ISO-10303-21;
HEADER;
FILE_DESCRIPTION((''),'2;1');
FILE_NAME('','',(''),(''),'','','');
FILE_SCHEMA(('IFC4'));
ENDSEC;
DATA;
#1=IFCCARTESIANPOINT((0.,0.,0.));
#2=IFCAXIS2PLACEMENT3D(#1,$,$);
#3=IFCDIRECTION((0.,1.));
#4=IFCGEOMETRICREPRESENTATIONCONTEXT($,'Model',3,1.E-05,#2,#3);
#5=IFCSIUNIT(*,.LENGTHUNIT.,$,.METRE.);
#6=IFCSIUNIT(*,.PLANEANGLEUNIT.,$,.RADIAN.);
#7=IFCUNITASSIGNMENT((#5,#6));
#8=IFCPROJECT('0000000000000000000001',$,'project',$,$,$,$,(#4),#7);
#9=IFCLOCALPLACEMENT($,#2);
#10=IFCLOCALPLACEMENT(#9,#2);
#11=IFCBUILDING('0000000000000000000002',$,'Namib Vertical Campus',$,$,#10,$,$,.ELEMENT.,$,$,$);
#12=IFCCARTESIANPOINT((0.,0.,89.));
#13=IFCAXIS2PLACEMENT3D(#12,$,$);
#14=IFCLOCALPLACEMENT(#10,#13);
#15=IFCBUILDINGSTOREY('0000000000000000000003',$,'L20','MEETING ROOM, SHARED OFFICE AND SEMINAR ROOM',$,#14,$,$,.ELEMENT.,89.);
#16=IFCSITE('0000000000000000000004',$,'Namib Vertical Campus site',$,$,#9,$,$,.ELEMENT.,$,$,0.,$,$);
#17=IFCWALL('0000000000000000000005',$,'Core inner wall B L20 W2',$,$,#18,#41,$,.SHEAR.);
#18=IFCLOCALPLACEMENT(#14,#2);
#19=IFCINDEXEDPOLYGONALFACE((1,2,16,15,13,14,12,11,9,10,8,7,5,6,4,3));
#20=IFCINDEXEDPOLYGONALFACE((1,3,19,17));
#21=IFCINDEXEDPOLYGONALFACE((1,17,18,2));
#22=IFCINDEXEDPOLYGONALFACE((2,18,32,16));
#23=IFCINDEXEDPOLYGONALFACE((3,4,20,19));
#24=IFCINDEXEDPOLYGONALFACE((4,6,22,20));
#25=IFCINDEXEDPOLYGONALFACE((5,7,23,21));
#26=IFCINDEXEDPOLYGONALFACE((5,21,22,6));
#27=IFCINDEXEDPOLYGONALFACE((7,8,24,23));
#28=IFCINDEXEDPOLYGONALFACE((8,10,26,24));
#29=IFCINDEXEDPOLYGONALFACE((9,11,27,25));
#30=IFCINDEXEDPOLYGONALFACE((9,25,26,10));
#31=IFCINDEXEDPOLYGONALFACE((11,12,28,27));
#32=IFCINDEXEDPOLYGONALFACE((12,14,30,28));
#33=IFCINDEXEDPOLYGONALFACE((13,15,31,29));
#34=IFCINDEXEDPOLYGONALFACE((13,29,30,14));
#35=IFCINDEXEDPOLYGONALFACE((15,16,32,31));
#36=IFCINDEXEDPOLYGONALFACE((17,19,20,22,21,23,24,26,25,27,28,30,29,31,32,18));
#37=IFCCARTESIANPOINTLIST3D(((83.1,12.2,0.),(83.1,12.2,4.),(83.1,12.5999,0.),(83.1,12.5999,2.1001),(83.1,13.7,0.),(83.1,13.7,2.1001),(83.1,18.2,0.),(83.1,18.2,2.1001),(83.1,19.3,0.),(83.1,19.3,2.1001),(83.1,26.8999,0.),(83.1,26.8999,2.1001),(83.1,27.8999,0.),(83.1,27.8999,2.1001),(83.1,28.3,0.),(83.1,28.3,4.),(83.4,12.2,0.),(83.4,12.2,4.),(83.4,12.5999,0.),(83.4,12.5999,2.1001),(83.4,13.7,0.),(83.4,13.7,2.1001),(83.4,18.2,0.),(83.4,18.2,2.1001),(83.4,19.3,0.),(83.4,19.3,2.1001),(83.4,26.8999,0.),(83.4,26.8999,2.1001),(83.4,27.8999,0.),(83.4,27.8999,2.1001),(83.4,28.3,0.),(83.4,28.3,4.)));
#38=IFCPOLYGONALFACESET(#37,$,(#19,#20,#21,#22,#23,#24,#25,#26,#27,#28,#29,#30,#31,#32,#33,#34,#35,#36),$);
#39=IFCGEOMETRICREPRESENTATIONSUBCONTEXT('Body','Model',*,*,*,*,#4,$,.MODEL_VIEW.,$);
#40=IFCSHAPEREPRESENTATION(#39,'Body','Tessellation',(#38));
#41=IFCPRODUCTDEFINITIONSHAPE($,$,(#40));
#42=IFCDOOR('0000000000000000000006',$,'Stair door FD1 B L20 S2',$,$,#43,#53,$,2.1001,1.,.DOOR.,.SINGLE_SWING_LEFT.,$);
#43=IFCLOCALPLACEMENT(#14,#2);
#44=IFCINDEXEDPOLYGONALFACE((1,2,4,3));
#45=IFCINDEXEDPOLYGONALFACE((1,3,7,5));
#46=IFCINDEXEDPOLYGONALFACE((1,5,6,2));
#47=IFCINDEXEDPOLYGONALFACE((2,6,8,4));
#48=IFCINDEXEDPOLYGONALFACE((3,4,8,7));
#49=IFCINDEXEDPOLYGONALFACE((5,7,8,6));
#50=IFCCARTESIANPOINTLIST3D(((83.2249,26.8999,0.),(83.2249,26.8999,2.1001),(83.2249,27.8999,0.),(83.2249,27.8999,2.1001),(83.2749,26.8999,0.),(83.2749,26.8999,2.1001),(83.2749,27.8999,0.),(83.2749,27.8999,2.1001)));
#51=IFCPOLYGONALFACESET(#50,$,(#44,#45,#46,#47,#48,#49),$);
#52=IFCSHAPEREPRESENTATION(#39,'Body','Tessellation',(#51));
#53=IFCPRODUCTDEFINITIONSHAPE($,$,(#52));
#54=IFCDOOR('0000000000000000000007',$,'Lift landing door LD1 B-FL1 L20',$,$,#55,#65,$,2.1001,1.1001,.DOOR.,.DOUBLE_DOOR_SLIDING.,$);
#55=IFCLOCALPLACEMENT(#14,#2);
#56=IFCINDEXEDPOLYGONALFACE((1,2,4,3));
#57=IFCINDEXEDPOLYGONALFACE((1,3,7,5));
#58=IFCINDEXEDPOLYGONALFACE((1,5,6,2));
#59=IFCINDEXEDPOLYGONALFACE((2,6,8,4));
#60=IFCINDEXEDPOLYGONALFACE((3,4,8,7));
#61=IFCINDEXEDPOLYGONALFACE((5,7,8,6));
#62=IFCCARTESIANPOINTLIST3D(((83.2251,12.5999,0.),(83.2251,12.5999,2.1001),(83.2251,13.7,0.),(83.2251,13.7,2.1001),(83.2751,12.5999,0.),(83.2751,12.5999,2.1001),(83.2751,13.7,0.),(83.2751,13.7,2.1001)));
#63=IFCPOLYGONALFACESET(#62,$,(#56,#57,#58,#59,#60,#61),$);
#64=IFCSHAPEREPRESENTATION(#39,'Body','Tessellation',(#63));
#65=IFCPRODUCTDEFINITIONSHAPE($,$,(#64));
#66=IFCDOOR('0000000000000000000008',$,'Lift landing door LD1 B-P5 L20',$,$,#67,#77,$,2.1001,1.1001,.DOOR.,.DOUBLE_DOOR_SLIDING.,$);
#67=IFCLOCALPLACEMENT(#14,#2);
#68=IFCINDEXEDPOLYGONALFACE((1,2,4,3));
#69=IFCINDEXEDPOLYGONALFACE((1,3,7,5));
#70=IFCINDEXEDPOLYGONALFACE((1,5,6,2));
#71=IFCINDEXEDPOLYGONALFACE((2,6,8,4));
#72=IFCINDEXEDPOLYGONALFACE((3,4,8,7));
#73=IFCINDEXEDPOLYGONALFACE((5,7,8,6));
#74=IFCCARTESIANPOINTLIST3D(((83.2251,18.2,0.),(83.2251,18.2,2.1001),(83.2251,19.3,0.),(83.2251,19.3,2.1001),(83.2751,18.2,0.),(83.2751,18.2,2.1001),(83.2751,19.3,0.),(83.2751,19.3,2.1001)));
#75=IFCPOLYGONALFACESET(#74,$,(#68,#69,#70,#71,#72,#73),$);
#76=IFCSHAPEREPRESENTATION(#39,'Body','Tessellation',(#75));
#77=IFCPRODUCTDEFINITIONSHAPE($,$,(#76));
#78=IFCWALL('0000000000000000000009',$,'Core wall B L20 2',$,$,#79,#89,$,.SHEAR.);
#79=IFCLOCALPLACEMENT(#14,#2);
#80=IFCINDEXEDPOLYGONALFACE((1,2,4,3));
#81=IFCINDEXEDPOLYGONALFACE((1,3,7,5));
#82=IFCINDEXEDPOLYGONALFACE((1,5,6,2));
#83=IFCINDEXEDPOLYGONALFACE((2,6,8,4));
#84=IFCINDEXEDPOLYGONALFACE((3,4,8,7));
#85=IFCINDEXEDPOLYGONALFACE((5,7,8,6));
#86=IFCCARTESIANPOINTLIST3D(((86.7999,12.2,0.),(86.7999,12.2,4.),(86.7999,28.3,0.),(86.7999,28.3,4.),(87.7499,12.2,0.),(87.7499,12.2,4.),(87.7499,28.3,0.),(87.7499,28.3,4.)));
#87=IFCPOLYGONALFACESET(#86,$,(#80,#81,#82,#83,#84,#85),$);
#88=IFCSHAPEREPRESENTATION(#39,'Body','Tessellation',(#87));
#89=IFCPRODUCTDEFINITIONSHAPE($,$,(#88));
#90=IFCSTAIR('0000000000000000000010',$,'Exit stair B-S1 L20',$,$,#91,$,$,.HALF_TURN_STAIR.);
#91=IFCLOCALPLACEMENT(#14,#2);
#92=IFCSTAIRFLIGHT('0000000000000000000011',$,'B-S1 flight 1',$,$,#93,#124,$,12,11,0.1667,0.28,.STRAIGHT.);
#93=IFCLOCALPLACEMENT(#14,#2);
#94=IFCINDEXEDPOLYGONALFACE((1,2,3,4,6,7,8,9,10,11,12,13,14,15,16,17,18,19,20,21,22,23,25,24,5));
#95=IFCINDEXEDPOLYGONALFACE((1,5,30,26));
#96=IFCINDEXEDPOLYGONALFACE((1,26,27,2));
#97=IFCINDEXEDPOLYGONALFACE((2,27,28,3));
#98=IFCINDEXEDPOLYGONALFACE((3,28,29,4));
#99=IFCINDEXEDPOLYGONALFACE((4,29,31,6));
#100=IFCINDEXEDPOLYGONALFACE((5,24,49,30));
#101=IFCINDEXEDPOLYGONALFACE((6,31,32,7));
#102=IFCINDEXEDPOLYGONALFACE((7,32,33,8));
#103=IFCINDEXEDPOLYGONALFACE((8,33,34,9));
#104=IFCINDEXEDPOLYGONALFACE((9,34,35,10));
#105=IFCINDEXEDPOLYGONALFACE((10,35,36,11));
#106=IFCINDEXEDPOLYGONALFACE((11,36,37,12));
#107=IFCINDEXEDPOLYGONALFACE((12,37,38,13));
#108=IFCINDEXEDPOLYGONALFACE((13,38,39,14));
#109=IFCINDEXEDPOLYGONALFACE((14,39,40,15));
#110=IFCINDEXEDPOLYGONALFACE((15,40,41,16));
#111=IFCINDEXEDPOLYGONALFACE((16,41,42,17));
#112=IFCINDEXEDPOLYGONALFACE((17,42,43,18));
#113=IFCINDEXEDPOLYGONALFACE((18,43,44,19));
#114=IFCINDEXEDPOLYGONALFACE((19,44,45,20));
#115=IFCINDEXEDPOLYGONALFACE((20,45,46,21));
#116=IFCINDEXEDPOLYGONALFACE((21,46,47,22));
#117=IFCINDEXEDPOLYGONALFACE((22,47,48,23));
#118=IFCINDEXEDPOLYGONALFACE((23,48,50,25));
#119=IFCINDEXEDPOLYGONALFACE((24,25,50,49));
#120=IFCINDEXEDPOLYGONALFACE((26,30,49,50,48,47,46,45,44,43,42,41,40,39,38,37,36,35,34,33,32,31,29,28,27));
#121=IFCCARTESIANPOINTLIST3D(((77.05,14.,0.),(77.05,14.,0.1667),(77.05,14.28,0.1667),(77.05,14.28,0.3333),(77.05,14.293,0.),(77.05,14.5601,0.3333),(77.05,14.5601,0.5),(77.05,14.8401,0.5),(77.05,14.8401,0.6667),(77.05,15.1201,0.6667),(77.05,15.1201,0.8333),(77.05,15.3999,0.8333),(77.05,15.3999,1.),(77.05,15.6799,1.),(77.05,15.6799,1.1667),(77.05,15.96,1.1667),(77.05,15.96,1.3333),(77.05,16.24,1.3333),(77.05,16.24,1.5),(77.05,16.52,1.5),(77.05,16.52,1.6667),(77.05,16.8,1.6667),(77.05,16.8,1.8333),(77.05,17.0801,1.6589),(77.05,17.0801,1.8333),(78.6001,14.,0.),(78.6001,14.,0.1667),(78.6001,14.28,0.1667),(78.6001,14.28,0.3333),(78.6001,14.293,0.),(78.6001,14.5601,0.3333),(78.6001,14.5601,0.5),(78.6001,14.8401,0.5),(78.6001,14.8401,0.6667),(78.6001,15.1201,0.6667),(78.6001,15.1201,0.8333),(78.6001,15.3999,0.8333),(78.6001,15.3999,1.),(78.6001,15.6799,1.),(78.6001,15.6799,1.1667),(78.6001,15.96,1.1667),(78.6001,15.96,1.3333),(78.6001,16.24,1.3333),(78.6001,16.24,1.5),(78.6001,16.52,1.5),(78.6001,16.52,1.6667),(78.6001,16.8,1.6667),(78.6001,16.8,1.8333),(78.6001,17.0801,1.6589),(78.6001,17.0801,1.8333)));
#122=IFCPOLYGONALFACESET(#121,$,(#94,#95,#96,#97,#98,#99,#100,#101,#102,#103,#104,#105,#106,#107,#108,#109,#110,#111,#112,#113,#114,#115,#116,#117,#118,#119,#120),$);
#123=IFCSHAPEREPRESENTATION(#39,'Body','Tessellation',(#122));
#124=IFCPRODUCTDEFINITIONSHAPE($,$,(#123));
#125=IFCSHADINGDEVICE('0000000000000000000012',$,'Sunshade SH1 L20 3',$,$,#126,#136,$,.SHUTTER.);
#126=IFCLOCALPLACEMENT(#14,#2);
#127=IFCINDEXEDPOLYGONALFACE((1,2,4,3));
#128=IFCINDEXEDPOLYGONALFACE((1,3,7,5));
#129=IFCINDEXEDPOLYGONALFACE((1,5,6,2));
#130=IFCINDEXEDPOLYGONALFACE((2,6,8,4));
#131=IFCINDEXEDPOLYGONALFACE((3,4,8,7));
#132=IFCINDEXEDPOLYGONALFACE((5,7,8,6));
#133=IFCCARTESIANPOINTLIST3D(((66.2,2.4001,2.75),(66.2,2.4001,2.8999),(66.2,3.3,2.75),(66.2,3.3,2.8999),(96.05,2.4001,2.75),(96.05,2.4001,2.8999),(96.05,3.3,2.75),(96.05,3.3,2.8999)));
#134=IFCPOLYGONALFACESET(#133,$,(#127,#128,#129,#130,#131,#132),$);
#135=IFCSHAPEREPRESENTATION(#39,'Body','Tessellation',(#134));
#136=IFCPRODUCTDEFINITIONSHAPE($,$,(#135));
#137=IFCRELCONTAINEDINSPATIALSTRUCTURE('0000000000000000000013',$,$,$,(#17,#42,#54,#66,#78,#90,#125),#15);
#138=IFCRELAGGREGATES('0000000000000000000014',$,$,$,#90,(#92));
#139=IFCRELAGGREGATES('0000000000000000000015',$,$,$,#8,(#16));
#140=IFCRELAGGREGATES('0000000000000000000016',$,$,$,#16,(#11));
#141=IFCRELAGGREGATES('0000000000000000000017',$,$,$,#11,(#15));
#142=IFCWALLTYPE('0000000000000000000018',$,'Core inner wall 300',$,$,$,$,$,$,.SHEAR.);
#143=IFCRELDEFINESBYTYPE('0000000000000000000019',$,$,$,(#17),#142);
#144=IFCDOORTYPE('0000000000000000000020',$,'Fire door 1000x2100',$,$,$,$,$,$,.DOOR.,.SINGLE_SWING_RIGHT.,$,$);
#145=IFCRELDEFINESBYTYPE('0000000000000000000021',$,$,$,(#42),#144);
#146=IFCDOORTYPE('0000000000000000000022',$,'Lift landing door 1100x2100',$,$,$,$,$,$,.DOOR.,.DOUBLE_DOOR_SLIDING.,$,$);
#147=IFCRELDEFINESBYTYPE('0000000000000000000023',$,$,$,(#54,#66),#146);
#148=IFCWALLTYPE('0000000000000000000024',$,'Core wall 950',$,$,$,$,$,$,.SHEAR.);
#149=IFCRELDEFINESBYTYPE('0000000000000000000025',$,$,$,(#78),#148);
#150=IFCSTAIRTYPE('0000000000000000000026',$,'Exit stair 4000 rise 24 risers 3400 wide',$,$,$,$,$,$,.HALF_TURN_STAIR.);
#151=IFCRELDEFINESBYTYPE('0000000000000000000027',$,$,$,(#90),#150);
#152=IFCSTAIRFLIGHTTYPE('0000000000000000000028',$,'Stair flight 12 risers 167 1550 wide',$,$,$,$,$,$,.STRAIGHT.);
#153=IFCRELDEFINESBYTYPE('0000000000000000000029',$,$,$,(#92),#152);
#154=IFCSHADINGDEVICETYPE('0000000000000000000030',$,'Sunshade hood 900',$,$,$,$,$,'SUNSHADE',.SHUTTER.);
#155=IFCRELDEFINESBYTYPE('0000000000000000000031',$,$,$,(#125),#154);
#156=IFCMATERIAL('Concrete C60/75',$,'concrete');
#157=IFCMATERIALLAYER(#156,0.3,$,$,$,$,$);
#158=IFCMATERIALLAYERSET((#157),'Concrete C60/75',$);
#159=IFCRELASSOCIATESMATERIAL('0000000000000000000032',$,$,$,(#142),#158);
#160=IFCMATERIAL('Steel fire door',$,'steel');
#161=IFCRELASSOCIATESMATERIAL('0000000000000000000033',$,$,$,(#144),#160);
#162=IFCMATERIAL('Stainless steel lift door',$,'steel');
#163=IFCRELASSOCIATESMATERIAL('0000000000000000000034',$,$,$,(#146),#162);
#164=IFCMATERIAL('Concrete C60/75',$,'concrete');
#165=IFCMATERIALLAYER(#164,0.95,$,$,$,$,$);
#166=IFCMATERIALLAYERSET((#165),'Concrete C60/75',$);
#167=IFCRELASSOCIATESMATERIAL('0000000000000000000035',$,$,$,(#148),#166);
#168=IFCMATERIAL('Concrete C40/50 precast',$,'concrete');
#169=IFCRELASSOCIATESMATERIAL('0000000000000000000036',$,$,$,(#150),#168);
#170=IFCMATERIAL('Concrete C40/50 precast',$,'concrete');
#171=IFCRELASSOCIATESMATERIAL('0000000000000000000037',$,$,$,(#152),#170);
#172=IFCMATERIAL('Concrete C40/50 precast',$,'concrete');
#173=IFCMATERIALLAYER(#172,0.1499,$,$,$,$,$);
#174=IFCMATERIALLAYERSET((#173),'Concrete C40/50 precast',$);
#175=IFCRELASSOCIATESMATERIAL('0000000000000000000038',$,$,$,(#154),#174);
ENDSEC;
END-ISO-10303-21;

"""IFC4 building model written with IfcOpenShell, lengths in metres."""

from ifc_helpers import new_model, si_unit, direction, frame, frame_2d, origin, origin_2d, place, context, subcontext, project, spatial, polyline, rectangle, outline, extrude, material, layer, layer_set, type_object, element, fill, aggregate, save


model = new_model("IFC4")

# Units and contexts
model_context = context("Model", 3, precision=1e-05, world=origin(), true_north=direction((0.0, 1.0)))
body_context = subcontext(model_context, "Body", "Model", "MODEL_VIEW")
ifc_project = project(units=[si_unit("LENGTHUNIT", "METRE"), si_unit("PLANEANGLEUNIT", "RADIAN")], contexts=[model_context])

# Site, building, storey
site_placement = place(None, origin())
site = spatial("IfcSite", under=ifc_project, at=site_placement, Name="Namib Vertical Campus site", CompositionType="ELEMENT", RefElevation=0.0)
building_placement = place(site_placement, origin())
building = spatial("IfcBuilding", under=site, at=building_placement, Name="Namib Vertical Campus", CompositionType="ELEMENT")
storey_placement = place(building_placement, frame((0.0, 0.0, 89.0)))
storey = spatial("IfcBuildingStorey", under=building, at=storey_placement, Name="L20", Description="MEETING ROOM, SHARED OFFICE AND SEMINAR ROOM", CompositionType="ELEMENT", Elevation=89.0)

# Wall, openings, doors
ifc_material_1 = material(Name="Concrete C60/75", Category="concrete")
ifc_layer_1 = layer(ifc_material_1, 0.3)
ifc_layer_set_1 = layer_set([ifc_layer_1], Name="Concrete C60/75")
wall_type_1 = type_object("IfcWallType", Name="Core inner wall 300", PredefinedType="SHEAR", material=ifc_layer_set_1)
ifc_material_2 = material(Name="Steel fire door", Category="steel")
door_type_1 = type_object("IfcDoorType", Name="Fire door 1000x2100", OperationType="SINGLE_SWING_RIGHT", PredefinedType="DOOR", material=ifc_material_2)
ifc_material_3 = material(Name="Stainless steel lift door", Category="steel")
door_type_2 = type_object("IfcDoorType", Name="Lift landing door 1100x2100", OperationType="DOUBLE_DOOR_SLIDING", PredefinedType="DOOR", material=ifc_material_3)
wall_1_placement = place(storey_placement, frame((83.25, 12.2, 0.0), z_axis=(0.0, 0.0, 1.0), x_axis=(0.0, 1.0, 0.0)))
wall_1 = element("IfcWall", 1, at=wall_1_placement, inside=storey, type_object=wall_type_1, Name="Core inner wall B L20 W2", PredefinedType="SHEAR", context=body_context, shape_type="SweptSolid", body=[
    extrude(rectangle(XDim=16.1001, YDim=0.3, at=frame_2d((8.05, 0.0))), origin(), (0.0, 0.0, 1.0), 4.0),
])
opening_1_placement = place(wall_1_placement, frame((14.7, 0.0, 0.0)))
opening_1 = element("IfcOpeningElement", 2, at=opening_1_placement, cuts=wall_1, PredefinedType="OPENING", context=body_context, shape_type="SweptSolid", body=[
    extrude(rectangle(XDim=1.0, YDim=2.1001, at=frame_2d((0.5, 1.05))), frame((0.0, 0.1599, 0.0), z_axis=(0.0, -1.0, 0.0), x_axis=(1.0, 0.0, 0.0)), (0.0, 0.0, 1.0), 0.3201),
])
opening_2_placement = place(wall_1_placement, frame((0.3999, 0.0, 0.0)))
opening_2 = element("IfcOpeningElement", 3, at=opening_2_placement, cuts=wall_1, PredefinedType="OPENING", context=body_context, shape_type="SweptSolid", body=[
    extrude(rectangle(XDim=1.1001, YDim=2.1001, at=frame_2d((0.55, 1.05))), frame((0.0, 0.1599, 0.0), z_axis=(0.0, -1.0, 0.0), x_axis=(1.0, 0.0, 0.0)), (0.0, 0.0, 1.0), 0.3201),
])
opening_3_placement = place(wall_1_placement, frame((6.0, 0.0, 0.0)))
opening_3 = element("IfcOpeningElement", 4, at=opening_3_placement, cuts=wall_1, PredefinedType="OPENING", context=body_context, shape_type="SweptSolid", body=[
    extrude(rectangle(XDim=1.1001, YDim=2.1001, at=frame_2d((0.55, 1.05))), frame((0.0, 0.1599, 0.0), z_axis=(0.0, -1.0, 0.0), x_axis=(1.0, 0.0, 0.0)), (0.0, 0.0, 1.0), 0.3201),
])
door_1_placement = place(opening_1_placement, frame((1.0, 0.0, 0.0), z_axis=(0.0, 0.0, 1.0), x_axis=(-1.0, 0.0, 0.0)))
door_1 = element("IfcDoor", 5, at=door_1_placement, inside=storey, type_object=door_type_1, Name="Stair door FD1 B L20 S2", OperationType="SINGLE_SWING_LEFT", OverallHeight=2.1001, OverallWidth=1.0, PredefinedType="DOOR", context=body_context, shape_type="SweptSolid", body=[
    extrude(rectangle(XDim=1.0, YDim=2.1001, at=frame_2d((0.5, 1.05))), frame((0.0, 0.0249, 0.0), z_axis=(0.0, -1.0, 0.0), x_axis=(1.0, 0.0, 0.0)), (0.0, 0.0, 1.0), 0.05),
])
fill(opening_1, door_1)
door_2_placement = place(opening_2_placement, origin())
door_2 = element("IfcDoor", 6, at=door_2_placement, inside=storey, type_object=door_type_2, Name="Lift landing door LD1 B-FL1 L20", OperationType="DOUBLE_DOOR_SLIDING", OverallHeight=2.1001, OverallWidth=1.1001, PredefinedType="DOOR", context=body_context, shape_type="SweptSolid", body=[
    extrude(rectangle(XDim=1.1001, YDim=2.1001, at=frame_2d((0.55, 1.05))), frame((0.0, 0.0249, 0.0), z_axis=(0.0, -1.0, 0.0), x_axis=(1.0, 0.0, 0.0)), (0.0, 0.0, 1.0), 0.05),
])
fill(opening_2, door_2)
door_3_placement = place(opening_3_placement, origin())
door_3 = element("IfcDoor", 7, at=door_3_placement, inside=storey, type_object=door_type_2, Name="Lift landing door LD1 B-P5 L20", OperationType="DOUBLE_DOOR_SLIDING", OverallHeight=2.1001, OverallWidth=1.1001, PredefinedType="DOOR", context=body_context, shape_type="SweptSolid", body=[
    extrude(rectangle(XDim=1.1001, YDim=2.1001, at=frame_2d((0.55, 1.05))), frame((0.0, 0.0249, 0.0), z_axis=(0.0, -1.0, 0.0), x_axis=(1.0, 0.0, 0.0)), (0.0, 0.0, 1.0), 0.05),
])
fill(opening_3, door_3)

# Wall
ifc_material_4 = material(Name="Concrete C60/75", Category="concrete")
ifc_layer_2 = layer(ifc_material_4, 0.95)
ifc_layer_set_2 = layer_set([ifc_layer_2], Name="Concrete C60/75")
wall_type_2 = type_object("IfcWallType", Name="Core wall 950", PredefinedType="SHEAR", material=ifc_layer_set_2)
wall_2_placement = place(storey_placement, frame((87.2749, 12.2, 0.0), z_axis=(0.0, 0.0, 1.0), x_axis=(0.0, 1.0, 0.0)))
element("IfcWall", 8, at=wall_2_placement, inside=storey, type_object=wall_type_2, Name="Core wall B L20 2", PredefinedType="SHEAR", context=body_context, shape_type="SweptSolid", body=[
    extrude(rectangle(XDim=16.1001, YDim=0.95, at=frame_2d((8.05, 0.0))), origin(), (0.0, 0.0, 1.0), 4.0),
])

# Stair, stair flight
ifc_material_5 = material(Name="Concrete C40/50 precast", Category="concrete")
stair_type = type_object("IfcStairType", Name="Exit stair 4000 rise 24 risers 3400 wide", PredefinedType="HALF_TURN_STAIR", material=ifc_material_5)
stair_placement = place(storey_placement, origin())
stair = element("IfcStair", 9, at=stair_placement, inside=storey, type_object=stair_type, Name="Exit stair B-S1 L20", PredefinedType="HALF_TURN_STAIR")
ifc_material_6 = material(Name="Concrete C40/50 precast", Category="concrete")
stair_flight_type = type_object("IfcStairFlightType", Name="Stair flight 12 risers 167 1550 wide", PredefinedType="STRAIGHT", material=ifc_material_6)
stair_flight_placement = place(storey_placement, frame((77.825, 14.0, 0.0), z_axis=(0.0, 0.0, 1.0), x_axis=(0.0, 1.0, 0.0)))
stair_flight = element("IfcStairFlight", 10, at=stair_flight_placement, type_object=stair_flight_type, Name="B-S1 flight 1", NumberOfRisers=12, NumberOfTreads=11, PredefinedType="STRAIGHT", RiserHeight=0.1667, TreadLength=0.28, context=body_context, shape_type="SweptSolid", body=[
    extrude(outline(polyline([(0.0, 0.0), (0.0, 0.1667), (0.28, 0.1667), (0.28, 0.3333), (0.5601, 0.3333), (0.5601, 0.5), (0.8401, 0.5), (0.8401, 0.6667), (1.1201, 0.6667), (1.1201, 0.8333), (1.3999, 0.8333), (1.3999, 1.0), (1.6799, 1.0), (1.6799, 1.1667), (1.96, 1.1667), (1.96, 1.3333), (2.24, 1.3333), (2.24, 1.5), (2.52, 1.5), (2.52, 1.6667), (2.8, 1.6667), (2.8, 1.8333), (3.0801, 1.8333), (3.0801, 2.0), (3.0801, 1.6589), (0.293, 0.0), (0.0, 0.0)])), frame((0.0, 0.7749, 0.0), z_axis=(0.0, -1.0, 0.0), x_axis=(1.0, 0.0, 0.0)), (0.0, 0.0, 1.0), 1.55),
])
aggregate(stair, [stair_flight])

# Shading device
ifc_material_7 = material(Name="Concrete C40/50 precast", Category="concrete")
ifc_layer_3 = layer(ifc_material_7, 0.1499)
ifc_layer_set_3 = layer_set([ifc_layer_3], Name="Concrete C40/50 precast")
shading_device_type = type_object("IfcShadingDeviceType", Name="Sunshade hood 900", ElementType="SUNSHADE", PredefinedType="SHUTTER", material=ifc_layer_set_3)
shading_device_placement = place(storey_placement, frame((81.125, 2.8501, 2.75), z_axis=(0.0, 0.0, 1.0), x_axis=(1.0, 0.0, 0.0)))
element("IfcShadingDevice", 11, at=shading_device_placement, inside=storey, type_object=shading_device_type, Name="Sunshade SH1 L20 3", PredefinedType="SHUTTER", context=body_context, shape_type="SweptSolid", body=[
    extrude(rectangle(XDim=29.8501, YDim=0.8999, at=origin_2d()), origin(), (0.0, 0.0, 1.0), 0.1499),
])

save(model, "model.ifc")
